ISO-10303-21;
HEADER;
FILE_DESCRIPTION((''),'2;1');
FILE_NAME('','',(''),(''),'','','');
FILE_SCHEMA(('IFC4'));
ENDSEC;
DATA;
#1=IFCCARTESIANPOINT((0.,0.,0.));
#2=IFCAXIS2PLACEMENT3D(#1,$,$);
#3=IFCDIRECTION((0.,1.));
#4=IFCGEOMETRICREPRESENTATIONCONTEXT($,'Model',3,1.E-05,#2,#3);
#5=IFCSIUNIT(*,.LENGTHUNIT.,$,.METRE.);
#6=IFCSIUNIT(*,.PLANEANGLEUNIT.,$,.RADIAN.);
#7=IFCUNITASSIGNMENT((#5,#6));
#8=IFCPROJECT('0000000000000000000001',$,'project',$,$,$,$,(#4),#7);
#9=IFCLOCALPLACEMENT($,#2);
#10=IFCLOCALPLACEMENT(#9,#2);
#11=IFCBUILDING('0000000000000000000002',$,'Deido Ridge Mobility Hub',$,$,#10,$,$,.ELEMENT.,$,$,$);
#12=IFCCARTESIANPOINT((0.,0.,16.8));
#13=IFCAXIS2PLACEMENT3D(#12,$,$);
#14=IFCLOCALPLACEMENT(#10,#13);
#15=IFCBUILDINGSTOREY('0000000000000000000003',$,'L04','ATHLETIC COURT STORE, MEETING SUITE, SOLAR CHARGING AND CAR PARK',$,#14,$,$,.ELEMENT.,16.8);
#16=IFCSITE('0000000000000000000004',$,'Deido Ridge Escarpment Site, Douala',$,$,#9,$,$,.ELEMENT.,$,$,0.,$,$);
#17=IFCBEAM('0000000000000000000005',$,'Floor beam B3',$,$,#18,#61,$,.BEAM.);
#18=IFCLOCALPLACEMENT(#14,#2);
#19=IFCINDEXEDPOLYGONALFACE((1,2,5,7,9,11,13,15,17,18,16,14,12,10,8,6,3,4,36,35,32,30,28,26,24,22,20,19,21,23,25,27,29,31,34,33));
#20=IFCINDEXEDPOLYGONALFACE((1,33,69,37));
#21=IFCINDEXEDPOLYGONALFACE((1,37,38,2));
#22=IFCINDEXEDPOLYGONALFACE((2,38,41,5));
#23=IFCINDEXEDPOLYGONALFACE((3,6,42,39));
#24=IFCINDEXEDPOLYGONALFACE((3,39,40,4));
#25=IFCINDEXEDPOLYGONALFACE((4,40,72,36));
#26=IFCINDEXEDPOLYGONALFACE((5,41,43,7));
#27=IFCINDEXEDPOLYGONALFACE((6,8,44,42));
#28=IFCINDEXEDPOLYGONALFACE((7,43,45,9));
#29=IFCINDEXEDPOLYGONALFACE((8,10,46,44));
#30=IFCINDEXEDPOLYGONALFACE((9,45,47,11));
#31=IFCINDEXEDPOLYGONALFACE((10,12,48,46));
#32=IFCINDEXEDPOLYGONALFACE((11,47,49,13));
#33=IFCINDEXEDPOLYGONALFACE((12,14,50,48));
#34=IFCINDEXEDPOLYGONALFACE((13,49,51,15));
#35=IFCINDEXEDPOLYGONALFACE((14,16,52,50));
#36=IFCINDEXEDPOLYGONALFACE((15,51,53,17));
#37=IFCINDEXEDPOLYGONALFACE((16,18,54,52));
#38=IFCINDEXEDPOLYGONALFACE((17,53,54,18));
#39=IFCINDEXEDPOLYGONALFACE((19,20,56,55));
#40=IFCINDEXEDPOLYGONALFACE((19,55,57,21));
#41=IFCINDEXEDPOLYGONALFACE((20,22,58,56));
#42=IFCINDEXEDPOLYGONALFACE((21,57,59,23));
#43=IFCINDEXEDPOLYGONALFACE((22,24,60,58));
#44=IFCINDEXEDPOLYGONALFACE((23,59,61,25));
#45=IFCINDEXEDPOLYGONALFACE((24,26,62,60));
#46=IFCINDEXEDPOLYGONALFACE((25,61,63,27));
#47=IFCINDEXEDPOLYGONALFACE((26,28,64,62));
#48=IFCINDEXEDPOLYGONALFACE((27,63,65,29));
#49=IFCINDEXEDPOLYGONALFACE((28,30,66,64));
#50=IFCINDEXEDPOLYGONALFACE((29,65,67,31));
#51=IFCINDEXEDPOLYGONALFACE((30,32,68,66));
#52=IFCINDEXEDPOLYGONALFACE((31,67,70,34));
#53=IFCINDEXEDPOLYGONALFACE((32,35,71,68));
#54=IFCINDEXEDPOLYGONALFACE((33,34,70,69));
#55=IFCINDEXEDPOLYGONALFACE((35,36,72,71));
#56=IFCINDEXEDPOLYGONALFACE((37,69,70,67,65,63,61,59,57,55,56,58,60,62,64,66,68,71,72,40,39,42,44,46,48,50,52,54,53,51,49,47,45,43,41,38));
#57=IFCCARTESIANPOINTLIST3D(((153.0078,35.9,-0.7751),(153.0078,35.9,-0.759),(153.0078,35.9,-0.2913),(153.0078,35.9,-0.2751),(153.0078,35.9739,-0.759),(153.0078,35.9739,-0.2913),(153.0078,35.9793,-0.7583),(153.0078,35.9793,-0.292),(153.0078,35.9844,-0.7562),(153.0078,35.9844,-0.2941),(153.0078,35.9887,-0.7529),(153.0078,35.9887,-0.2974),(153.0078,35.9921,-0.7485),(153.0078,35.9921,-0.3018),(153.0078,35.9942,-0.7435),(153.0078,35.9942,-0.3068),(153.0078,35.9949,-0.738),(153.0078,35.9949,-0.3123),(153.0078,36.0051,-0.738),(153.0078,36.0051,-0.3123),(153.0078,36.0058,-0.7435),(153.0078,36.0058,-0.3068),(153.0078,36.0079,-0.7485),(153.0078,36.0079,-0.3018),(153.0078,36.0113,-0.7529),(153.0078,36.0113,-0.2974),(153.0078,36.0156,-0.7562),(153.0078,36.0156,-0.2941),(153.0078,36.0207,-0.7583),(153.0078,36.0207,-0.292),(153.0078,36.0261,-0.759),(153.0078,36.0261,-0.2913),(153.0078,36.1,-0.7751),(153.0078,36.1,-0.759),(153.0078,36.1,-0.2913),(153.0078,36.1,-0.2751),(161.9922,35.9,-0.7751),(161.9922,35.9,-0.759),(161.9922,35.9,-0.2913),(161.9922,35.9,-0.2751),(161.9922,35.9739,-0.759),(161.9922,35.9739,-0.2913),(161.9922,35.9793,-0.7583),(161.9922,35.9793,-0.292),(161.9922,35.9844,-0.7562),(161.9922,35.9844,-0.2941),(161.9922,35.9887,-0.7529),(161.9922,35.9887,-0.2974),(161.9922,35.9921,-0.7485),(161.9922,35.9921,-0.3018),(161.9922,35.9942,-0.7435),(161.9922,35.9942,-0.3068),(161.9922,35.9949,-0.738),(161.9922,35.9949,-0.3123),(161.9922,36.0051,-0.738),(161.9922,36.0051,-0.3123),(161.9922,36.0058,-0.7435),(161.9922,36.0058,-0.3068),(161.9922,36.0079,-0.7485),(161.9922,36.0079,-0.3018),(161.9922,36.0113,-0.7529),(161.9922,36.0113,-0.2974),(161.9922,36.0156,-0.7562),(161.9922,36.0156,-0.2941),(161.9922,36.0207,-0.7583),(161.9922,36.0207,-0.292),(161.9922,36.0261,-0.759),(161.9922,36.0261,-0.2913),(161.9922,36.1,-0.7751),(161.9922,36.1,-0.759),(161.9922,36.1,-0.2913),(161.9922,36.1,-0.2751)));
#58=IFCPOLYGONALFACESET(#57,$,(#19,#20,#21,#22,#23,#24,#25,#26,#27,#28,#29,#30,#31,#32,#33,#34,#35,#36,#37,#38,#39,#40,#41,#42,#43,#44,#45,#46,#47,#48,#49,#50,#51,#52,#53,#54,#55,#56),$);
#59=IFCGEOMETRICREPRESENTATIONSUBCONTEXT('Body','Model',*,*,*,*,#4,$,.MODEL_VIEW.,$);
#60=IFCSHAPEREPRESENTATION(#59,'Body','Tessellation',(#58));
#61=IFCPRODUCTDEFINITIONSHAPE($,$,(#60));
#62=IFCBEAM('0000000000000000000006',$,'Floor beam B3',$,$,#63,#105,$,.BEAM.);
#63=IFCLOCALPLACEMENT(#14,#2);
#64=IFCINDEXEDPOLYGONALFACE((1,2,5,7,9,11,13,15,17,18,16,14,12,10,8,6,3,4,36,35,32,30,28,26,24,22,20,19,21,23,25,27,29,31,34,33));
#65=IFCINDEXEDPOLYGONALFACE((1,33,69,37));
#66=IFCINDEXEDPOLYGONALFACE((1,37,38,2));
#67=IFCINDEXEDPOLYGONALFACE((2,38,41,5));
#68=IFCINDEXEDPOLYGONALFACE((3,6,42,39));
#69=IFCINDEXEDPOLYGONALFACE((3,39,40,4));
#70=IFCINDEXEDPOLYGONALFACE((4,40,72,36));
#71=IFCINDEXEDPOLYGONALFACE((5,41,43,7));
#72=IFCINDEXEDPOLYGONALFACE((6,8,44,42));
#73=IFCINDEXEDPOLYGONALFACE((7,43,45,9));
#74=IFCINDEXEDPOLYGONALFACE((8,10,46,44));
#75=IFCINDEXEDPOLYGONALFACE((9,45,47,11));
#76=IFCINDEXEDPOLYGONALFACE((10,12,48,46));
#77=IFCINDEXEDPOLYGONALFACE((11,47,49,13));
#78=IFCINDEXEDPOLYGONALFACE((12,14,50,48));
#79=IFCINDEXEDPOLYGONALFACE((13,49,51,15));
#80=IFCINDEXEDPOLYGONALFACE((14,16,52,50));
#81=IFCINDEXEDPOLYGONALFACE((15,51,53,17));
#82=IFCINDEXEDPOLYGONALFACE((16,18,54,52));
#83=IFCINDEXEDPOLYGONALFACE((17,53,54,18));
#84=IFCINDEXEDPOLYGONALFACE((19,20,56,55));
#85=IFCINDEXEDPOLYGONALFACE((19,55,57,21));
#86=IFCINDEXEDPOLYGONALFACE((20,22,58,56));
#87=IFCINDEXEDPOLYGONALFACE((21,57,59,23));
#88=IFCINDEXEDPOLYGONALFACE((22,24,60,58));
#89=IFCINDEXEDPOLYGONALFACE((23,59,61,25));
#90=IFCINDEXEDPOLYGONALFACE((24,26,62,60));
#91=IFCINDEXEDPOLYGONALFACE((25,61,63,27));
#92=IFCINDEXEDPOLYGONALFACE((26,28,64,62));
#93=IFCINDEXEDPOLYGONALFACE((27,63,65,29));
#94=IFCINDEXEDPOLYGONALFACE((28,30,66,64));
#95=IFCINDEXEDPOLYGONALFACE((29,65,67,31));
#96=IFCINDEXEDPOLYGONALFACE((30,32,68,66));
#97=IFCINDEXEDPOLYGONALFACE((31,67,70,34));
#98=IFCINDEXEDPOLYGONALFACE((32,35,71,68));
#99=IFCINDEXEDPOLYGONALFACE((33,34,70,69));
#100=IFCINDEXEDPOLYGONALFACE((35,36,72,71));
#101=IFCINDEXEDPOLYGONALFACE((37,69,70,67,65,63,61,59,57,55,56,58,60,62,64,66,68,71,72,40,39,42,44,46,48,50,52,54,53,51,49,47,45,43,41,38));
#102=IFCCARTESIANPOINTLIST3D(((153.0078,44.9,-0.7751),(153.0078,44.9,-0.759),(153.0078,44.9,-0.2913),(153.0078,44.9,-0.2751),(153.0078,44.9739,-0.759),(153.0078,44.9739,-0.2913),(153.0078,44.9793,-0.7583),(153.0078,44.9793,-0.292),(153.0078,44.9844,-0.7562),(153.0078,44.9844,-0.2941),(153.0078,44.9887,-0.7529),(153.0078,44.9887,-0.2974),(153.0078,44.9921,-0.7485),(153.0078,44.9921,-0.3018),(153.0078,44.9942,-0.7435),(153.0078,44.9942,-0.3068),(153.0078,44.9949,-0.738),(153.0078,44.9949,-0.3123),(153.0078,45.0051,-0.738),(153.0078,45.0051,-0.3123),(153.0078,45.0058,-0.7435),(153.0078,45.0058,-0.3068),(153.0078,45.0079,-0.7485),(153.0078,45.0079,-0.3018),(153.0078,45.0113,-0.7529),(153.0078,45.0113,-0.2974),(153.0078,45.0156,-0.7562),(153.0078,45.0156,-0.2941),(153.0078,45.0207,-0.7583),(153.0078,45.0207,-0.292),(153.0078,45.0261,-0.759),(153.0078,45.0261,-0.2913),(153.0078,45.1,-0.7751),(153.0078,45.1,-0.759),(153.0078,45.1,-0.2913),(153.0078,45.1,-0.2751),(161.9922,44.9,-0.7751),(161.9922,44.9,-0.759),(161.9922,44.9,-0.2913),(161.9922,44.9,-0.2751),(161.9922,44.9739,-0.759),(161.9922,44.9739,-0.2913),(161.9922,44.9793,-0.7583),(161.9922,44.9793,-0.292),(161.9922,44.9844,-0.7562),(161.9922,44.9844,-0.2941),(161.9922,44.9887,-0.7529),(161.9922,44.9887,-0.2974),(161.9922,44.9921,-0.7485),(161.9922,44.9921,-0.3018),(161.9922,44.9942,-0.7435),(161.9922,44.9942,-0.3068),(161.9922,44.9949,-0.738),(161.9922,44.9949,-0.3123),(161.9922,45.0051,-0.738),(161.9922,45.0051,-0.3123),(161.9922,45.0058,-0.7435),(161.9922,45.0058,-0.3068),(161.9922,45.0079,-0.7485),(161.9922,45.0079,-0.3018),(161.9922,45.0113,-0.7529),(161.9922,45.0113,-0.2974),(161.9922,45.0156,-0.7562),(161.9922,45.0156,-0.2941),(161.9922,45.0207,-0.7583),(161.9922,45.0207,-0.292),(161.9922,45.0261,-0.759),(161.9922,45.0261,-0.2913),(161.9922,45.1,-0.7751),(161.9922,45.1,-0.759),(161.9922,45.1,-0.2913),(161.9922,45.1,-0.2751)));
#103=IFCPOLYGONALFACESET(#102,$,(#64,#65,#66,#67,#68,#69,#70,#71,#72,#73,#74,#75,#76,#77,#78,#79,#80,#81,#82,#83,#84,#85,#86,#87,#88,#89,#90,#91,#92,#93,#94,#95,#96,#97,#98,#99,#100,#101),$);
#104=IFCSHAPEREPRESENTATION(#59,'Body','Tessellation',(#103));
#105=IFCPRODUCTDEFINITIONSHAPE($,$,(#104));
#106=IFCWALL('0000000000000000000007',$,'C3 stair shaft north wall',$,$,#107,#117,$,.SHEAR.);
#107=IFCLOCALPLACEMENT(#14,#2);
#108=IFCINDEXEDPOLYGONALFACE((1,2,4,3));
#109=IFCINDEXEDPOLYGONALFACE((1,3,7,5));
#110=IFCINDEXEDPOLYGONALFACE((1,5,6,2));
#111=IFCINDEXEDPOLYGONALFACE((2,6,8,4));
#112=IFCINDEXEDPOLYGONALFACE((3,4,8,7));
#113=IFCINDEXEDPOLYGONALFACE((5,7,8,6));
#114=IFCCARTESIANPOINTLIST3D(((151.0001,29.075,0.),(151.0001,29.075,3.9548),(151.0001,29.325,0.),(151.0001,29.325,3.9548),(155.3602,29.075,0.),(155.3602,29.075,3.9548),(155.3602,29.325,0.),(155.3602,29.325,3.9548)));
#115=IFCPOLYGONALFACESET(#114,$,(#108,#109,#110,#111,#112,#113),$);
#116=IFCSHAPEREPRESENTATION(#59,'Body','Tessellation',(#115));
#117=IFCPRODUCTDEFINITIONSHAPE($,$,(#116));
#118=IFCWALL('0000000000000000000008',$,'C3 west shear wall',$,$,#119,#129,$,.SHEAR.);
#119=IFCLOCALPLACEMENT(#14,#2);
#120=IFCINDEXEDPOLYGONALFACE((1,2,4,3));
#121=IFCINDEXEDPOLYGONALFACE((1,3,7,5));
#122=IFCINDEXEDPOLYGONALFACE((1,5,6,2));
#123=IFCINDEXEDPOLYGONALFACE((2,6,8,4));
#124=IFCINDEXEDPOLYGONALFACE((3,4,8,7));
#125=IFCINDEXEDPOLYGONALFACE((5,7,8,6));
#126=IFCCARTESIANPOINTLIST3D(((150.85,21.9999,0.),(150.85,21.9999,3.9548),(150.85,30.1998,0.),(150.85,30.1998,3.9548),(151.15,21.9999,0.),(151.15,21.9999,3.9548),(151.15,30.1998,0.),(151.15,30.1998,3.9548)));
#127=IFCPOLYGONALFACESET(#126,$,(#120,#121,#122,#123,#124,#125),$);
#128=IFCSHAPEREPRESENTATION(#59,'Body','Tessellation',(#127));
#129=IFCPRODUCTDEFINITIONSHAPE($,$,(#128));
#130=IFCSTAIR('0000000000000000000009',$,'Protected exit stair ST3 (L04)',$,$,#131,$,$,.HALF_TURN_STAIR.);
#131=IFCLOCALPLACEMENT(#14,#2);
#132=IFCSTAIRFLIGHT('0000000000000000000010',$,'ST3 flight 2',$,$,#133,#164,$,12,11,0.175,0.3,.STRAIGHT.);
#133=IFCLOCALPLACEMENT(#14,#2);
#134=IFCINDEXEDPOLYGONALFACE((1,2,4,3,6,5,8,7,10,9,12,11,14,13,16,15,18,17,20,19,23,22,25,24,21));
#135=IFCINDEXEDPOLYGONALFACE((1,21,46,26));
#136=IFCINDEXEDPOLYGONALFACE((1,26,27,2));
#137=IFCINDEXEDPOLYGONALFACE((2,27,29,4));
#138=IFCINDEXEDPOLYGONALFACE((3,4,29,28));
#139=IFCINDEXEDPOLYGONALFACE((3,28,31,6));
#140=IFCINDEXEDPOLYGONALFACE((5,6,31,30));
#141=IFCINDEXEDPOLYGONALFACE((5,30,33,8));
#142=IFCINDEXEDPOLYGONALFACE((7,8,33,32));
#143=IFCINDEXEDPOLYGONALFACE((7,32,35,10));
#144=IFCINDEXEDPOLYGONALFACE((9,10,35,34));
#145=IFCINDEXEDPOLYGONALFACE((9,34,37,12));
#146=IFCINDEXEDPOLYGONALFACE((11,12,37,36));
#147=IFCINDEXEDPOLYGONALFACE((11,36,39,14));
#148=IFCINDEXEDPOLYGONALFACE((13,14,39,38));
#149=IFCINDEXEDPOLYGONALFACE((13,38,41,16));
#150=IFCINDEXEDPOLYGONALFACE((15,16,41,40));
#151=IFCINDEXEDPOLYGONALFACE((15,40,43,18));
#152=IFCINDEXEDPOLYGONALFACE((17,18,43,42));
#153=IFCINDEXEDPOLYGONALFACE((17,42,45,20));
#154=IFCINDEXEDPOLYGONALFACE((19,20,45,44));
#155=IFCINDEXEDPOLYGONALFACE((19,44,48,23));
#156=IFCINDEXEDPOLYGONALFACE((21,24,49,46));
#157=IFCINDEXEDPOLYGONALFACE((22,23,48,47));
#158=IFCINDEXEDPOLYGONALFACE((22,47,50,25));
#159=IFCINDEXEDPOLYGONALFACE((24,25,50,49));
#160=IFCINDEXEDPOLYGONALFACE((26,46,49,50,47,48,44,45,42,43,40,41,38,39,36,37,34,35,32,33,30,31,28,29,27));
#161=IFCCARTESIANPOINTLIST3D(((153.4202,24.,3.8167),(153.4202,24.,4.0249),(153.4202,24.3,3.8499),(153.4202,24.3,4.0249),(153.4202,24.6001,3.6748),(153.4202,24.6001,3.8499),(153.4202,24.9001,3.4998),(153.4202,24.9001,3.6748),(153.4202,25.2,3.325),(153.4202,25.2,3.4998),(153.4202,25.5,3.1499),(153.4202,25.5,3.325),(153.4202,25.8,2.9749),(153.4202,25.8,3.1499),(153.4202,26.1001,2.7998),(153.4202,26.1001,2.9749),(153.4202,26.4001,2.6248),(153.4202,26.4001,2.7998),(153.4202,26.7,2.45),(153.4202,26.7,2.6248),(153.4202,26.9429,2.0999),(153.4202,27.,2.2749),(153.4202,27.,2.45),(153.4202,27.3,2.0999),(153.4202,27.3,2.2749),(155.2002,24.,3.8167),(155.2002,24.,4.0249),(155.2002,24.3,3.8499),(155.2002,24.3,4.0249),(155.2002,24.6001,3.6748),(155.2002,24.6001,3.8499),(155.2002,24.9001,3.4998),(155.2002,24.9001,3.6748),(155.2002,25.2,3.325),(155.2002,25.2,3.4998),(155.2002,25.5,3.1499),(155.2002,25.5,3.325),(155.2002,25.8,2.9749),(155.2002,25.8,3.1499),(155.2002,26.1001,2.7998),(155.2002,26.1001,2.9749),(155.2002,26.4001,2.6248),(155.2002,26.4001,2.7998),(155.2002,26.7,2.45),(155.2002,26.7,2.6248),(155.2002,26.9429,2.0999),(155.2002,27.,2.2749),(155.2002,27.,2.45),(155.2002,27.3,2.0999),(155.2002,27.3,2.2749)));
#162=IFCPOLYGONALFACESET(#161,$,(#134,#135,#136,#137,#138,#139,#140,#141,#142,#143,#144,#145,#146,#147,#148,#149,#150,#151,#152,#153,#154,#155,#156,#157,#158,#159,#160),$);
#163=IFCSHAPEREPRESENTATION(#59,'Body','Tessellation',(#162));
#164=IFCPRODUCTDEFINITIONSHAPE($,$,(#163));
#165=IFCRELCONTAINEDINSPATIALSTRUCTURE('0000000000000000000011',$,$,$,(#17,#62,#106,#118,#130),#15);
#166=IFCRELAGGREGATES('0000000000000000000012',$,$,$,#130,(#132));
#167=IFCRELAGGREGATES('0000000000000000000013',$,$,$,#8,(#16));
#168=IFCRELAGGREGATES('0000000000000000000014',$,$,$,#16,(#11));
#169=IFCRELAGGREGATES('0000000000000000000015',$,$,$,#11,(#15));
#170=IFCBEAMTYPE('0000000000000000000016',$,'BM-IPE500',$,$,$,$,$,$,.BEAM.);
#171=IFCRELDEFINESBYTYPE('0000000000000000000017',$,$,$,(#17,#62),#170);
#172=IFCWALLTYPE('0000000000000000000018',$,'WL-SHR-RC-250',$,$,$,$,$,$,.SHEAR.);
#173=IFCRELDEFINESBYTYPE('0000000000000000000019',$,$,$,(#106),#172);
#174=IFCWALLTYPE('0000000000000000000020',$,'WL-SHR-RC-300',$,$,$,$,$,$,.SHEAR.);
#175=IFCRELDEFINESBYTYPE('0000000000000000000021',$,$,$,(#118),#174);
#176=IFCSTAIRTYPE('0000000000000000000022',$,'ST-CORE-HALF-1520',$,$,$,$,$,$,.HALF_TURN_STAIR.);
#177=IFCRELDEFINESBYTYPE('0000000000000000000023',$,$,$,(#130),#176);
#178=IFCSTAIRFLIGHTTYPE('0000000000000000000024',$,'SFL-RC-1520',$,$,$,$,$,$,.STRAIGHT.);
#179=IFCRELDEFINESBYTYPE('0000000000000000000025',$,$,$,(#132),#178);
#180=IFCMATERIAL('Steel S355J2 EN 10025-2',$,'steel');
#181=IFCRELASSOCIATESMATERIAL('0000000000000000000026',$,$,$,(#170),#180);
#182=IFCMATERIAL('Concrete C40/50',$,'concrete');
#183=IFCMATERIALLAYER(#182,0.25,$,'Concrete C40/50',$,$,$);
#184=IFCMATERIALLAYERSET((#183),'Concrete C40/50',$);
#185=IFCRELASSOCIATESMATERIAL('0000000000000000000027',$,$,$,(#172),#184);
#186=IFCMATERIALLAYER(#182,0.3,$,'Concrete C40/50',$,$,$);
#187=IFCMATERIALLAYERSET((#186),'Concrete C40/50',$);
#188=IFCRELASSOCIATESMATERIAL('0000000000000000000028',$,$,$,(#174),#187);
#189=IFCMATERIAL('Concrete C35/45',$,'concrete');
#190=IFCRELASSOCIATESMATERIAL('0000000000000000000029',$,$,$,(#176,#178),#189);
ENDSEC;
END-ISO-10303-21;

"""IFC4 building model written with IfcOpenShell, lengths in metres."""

from ifc_helpers import new_model, si_unit, direction, frame, frame_2d, origin, origin_2d, place, context, subcontext, project, spatial, polyline, rectangle, i_section, outline, extrude, material, layer, layer_set, material_profile, profile_set, type_object, element, aggregate, save


model = new_model("IFC4")

# Units and contexts
model_context = context("Model", 3, precision=1e-05, world=origin(), true_north=direction((0.0, 1.0)))
body_context = subcontext(model_context, "Body", "Model", "MODEL_VIEW")
ifc_project = project(units=[si_unit("LENGTHUNIT", "METRE"), si_unit("PLANEANGLEUNIT", "RADIAN")], contexts=[model_context])

# Site, building, storey
site_placement = place(None, origin())
site = spatial("IfcSite", under=ifc_project, at=site_placement, Name="Deido Ridge Escarpment Site, Douala", CompositionType="ELEMENT", RefElevation=0.0)
building_placement = place(site_placement, origin())
building = spatial("IfcBuilding", under=site, at=building_placement, Name="Deido Ridge Mobility Hub", CompositionType="ELEMENT")
storey_placement = place(building_placement, frame((0.0, 0.0, 16.8)))
storey = spatial("IfcBuildingStorey", under=building, at=storey_placement, Name="L04", Description="ATHLETIC COURT STORE, MEETING SUITE, SOLAR CHARGING AND CAR PARK", CompositionType="ELEMENT", Elevation=16.8)

# Shared definitions
ifc_material_1 = material(Name="Steel S355J2 EN 10025-2", Category="steel")

# Beams
ifc_material_profile_1 = material_profile(ifc_material_1, i_section(OverallWidth=0.2, OverallDepth=0.5, WebThickness=0.0103, FlangeThickness=0.0161, FilletRadius=0.021, at=origin_2d()), Name="IPE 500")
ifc_profile_set_1 = profile_set([ifc_material_profile_1], Name="Steel S355J2 EN 10025-2")
beam_type_1 = type_object("IfcBeamType", Name="BM-IPE500", PredefinedType="BEAM", material=ifc_profile_set_1)
for number, where, z_axis, x_axis, name in (
    (1, (153.0078, 36.0, -0.5251), (1.0, 0.0, 0.0), (0.0, 1.0, 0.0), "Floor beam B3"),
    (2, (153.0078, 45.0, -0.5251), (1.0, 0.0, 0.0), (0.0, 1.0, 0.0), "Floor beam B3"),
):
    element("IfcBeam", number, at=place(storey_placement, frame(where, z_axis=z_axis, x_axis=x_axis)), inside=storey, type_object=beam_type_1, Name=name, PredefinedType="BEAM", context=body_context, shape_type="SweptSolid", body=[
        extrude(i_section(OverallWidth=0.2, OverallDepth=0.5, WebThickness=0.0103, FlangeThickness=0.0161, FilletRadius=0.021, at=origin_2d()), origin(), (0.0, 0.0, 1.0), 8.9844),
    ])

# Walls
ifc_material_2 = material(Name="Concrete C40/50", Category="concrete")
ifc_layer_1 = layer(ifc_material_2, 0.25, Name="Concrete C40/50")
ifc_layer_set_1 = layer_set([ifc_layer_1], Name="Concrete C40/50")
wall_type_1 = type_object("IfcWallType", Name="WL-SHR-RC-250", PredefinedType="SHEAR", material=ifc_layer_set_1)
wall_1_placement = place(storey_placement, frame((151.0, 29.2, 0.0), z_axis=(0.0, 0.0, 1.0), x_axis=(1.0, 0.0, 0.0)))
element("IfcWall", 3, at=wall_1_placement, inside=storey, type_object=wall_type_1, Name="C3 stair shaft north wall", PredefinedType="SHEAR", context=body_context, shape_type="SweptSolid", body=[
    extrude(rectangle(XDim=4.3601, YDim=0.25, at=frame_2d((2.1802, 0.0))), origin(), (0.0, 0.0, 1.0), 3.9548),
])
ifc_layer_2 = layer(ifc_material_2, 0.3, Name="Concrete C40/50")
ifc_layer_set_2 = layer_set([ifc_layer_2], Name="Concrete C40/50")
wall_type_2 = type_object("IfcWallType", Name="WL-SHR-RC-300", PredefinedType="SHEAR", material=ifc_layer_set_2)
wall_2_placement = place(storey_placement, frame((151.0, 30.2, 0.0), z_axis=(0.0, 0.0, 1.0), x_axis=(0.0, -1.0, 0.0)))
element("IfcWall", 4, at=wall_2_placement, inside=storey, type_object=wall_type_2, Name="C3 west shear wall", PredefinedType="SHEAR", context=body_context, shape_type="SweptSolid", body=[
    extrude(rectangle(XDim=8.2, YDim=0.3, at=frame_2d((4.1001, 0.0))), origin(), (0.0, 0.0, 1.0), 3.9548),
])

# Stair, stair flight
ifc_material_3 = material(Name="Concrete C35/45", Category="concrete")
stair_type = type_object("IfcStairType", Name="ST-CORE-HALF-1520", PredefinedType="HALF_TURN_STAIR", material=ifc_material_3)
stair_placement = place(storey_placement, origin())
stair = element("IfcStair", 5, at=stair_placement, inside=storey, type_object=stair_type, Name="Protected exit stair ST3 (L04)", PredefinedType="HALF_TURN_STAIR")
stair_flight_type = type_object("IfcStairFlightType", Name="SFL-RC-1520", PredefinedType="STRAIGHT", material=ifc_material_3)
stair_flight_placement = place(storey_placement, frame((154.3101, 27.3, 2.0999), z_axis=(0.0, 0.0, 1.0), x_axis=(0.0, -1.0, 0.0)))
stair_flight = element("IfcStairFlight", 6, at=stair_flight_placement, type_object=stair_flight_type, Name="ST3 flight 2", NumberOfRisers=12, NumberOfTreads=11, PredefinedType="STRAIGHT", RiserHeight=0.175, TreadLength=0.3, context=body_context, shape_type="SweptSolid", body=[
    extrude(outline(polyline([(0.0, 0.0), (0.0, 0.175), (0.3, 0.175), (0.3, 0.3501), (0.6001, 0.3501), (0.6001, 0.5249), (0.8999, 0.5249), (0.8999, 0.7), (1.2, 0.7), (1.2, 0.875), (1.5, 0.875), (1.5, 1.05), (1.8, 1.05), (1.8, 1.2251), (2.1001, 1.2251), (2.1001, 1.3999), (2.3999, 1.3999), (2.3999, 1.575), (2.7, 1.575), (2.7, 1.75), (3.0, 1.75), (3.0, 1.925), (3.3, 1.925), (3.3, 2.1001), (3.3, 1.7168), (0.3572, 0.0), (0.0, 0.0)])), frame((0.0, 0.8901, 0.0), z_axis=(0.0, -1.0, 0.0), x_axis=(1.0, 0.0, 0.0)), (0.0, 0.0, 1.0), 1.78),
])
aggregate(stair, [stair_flight])

save(model, "model.ifc")
